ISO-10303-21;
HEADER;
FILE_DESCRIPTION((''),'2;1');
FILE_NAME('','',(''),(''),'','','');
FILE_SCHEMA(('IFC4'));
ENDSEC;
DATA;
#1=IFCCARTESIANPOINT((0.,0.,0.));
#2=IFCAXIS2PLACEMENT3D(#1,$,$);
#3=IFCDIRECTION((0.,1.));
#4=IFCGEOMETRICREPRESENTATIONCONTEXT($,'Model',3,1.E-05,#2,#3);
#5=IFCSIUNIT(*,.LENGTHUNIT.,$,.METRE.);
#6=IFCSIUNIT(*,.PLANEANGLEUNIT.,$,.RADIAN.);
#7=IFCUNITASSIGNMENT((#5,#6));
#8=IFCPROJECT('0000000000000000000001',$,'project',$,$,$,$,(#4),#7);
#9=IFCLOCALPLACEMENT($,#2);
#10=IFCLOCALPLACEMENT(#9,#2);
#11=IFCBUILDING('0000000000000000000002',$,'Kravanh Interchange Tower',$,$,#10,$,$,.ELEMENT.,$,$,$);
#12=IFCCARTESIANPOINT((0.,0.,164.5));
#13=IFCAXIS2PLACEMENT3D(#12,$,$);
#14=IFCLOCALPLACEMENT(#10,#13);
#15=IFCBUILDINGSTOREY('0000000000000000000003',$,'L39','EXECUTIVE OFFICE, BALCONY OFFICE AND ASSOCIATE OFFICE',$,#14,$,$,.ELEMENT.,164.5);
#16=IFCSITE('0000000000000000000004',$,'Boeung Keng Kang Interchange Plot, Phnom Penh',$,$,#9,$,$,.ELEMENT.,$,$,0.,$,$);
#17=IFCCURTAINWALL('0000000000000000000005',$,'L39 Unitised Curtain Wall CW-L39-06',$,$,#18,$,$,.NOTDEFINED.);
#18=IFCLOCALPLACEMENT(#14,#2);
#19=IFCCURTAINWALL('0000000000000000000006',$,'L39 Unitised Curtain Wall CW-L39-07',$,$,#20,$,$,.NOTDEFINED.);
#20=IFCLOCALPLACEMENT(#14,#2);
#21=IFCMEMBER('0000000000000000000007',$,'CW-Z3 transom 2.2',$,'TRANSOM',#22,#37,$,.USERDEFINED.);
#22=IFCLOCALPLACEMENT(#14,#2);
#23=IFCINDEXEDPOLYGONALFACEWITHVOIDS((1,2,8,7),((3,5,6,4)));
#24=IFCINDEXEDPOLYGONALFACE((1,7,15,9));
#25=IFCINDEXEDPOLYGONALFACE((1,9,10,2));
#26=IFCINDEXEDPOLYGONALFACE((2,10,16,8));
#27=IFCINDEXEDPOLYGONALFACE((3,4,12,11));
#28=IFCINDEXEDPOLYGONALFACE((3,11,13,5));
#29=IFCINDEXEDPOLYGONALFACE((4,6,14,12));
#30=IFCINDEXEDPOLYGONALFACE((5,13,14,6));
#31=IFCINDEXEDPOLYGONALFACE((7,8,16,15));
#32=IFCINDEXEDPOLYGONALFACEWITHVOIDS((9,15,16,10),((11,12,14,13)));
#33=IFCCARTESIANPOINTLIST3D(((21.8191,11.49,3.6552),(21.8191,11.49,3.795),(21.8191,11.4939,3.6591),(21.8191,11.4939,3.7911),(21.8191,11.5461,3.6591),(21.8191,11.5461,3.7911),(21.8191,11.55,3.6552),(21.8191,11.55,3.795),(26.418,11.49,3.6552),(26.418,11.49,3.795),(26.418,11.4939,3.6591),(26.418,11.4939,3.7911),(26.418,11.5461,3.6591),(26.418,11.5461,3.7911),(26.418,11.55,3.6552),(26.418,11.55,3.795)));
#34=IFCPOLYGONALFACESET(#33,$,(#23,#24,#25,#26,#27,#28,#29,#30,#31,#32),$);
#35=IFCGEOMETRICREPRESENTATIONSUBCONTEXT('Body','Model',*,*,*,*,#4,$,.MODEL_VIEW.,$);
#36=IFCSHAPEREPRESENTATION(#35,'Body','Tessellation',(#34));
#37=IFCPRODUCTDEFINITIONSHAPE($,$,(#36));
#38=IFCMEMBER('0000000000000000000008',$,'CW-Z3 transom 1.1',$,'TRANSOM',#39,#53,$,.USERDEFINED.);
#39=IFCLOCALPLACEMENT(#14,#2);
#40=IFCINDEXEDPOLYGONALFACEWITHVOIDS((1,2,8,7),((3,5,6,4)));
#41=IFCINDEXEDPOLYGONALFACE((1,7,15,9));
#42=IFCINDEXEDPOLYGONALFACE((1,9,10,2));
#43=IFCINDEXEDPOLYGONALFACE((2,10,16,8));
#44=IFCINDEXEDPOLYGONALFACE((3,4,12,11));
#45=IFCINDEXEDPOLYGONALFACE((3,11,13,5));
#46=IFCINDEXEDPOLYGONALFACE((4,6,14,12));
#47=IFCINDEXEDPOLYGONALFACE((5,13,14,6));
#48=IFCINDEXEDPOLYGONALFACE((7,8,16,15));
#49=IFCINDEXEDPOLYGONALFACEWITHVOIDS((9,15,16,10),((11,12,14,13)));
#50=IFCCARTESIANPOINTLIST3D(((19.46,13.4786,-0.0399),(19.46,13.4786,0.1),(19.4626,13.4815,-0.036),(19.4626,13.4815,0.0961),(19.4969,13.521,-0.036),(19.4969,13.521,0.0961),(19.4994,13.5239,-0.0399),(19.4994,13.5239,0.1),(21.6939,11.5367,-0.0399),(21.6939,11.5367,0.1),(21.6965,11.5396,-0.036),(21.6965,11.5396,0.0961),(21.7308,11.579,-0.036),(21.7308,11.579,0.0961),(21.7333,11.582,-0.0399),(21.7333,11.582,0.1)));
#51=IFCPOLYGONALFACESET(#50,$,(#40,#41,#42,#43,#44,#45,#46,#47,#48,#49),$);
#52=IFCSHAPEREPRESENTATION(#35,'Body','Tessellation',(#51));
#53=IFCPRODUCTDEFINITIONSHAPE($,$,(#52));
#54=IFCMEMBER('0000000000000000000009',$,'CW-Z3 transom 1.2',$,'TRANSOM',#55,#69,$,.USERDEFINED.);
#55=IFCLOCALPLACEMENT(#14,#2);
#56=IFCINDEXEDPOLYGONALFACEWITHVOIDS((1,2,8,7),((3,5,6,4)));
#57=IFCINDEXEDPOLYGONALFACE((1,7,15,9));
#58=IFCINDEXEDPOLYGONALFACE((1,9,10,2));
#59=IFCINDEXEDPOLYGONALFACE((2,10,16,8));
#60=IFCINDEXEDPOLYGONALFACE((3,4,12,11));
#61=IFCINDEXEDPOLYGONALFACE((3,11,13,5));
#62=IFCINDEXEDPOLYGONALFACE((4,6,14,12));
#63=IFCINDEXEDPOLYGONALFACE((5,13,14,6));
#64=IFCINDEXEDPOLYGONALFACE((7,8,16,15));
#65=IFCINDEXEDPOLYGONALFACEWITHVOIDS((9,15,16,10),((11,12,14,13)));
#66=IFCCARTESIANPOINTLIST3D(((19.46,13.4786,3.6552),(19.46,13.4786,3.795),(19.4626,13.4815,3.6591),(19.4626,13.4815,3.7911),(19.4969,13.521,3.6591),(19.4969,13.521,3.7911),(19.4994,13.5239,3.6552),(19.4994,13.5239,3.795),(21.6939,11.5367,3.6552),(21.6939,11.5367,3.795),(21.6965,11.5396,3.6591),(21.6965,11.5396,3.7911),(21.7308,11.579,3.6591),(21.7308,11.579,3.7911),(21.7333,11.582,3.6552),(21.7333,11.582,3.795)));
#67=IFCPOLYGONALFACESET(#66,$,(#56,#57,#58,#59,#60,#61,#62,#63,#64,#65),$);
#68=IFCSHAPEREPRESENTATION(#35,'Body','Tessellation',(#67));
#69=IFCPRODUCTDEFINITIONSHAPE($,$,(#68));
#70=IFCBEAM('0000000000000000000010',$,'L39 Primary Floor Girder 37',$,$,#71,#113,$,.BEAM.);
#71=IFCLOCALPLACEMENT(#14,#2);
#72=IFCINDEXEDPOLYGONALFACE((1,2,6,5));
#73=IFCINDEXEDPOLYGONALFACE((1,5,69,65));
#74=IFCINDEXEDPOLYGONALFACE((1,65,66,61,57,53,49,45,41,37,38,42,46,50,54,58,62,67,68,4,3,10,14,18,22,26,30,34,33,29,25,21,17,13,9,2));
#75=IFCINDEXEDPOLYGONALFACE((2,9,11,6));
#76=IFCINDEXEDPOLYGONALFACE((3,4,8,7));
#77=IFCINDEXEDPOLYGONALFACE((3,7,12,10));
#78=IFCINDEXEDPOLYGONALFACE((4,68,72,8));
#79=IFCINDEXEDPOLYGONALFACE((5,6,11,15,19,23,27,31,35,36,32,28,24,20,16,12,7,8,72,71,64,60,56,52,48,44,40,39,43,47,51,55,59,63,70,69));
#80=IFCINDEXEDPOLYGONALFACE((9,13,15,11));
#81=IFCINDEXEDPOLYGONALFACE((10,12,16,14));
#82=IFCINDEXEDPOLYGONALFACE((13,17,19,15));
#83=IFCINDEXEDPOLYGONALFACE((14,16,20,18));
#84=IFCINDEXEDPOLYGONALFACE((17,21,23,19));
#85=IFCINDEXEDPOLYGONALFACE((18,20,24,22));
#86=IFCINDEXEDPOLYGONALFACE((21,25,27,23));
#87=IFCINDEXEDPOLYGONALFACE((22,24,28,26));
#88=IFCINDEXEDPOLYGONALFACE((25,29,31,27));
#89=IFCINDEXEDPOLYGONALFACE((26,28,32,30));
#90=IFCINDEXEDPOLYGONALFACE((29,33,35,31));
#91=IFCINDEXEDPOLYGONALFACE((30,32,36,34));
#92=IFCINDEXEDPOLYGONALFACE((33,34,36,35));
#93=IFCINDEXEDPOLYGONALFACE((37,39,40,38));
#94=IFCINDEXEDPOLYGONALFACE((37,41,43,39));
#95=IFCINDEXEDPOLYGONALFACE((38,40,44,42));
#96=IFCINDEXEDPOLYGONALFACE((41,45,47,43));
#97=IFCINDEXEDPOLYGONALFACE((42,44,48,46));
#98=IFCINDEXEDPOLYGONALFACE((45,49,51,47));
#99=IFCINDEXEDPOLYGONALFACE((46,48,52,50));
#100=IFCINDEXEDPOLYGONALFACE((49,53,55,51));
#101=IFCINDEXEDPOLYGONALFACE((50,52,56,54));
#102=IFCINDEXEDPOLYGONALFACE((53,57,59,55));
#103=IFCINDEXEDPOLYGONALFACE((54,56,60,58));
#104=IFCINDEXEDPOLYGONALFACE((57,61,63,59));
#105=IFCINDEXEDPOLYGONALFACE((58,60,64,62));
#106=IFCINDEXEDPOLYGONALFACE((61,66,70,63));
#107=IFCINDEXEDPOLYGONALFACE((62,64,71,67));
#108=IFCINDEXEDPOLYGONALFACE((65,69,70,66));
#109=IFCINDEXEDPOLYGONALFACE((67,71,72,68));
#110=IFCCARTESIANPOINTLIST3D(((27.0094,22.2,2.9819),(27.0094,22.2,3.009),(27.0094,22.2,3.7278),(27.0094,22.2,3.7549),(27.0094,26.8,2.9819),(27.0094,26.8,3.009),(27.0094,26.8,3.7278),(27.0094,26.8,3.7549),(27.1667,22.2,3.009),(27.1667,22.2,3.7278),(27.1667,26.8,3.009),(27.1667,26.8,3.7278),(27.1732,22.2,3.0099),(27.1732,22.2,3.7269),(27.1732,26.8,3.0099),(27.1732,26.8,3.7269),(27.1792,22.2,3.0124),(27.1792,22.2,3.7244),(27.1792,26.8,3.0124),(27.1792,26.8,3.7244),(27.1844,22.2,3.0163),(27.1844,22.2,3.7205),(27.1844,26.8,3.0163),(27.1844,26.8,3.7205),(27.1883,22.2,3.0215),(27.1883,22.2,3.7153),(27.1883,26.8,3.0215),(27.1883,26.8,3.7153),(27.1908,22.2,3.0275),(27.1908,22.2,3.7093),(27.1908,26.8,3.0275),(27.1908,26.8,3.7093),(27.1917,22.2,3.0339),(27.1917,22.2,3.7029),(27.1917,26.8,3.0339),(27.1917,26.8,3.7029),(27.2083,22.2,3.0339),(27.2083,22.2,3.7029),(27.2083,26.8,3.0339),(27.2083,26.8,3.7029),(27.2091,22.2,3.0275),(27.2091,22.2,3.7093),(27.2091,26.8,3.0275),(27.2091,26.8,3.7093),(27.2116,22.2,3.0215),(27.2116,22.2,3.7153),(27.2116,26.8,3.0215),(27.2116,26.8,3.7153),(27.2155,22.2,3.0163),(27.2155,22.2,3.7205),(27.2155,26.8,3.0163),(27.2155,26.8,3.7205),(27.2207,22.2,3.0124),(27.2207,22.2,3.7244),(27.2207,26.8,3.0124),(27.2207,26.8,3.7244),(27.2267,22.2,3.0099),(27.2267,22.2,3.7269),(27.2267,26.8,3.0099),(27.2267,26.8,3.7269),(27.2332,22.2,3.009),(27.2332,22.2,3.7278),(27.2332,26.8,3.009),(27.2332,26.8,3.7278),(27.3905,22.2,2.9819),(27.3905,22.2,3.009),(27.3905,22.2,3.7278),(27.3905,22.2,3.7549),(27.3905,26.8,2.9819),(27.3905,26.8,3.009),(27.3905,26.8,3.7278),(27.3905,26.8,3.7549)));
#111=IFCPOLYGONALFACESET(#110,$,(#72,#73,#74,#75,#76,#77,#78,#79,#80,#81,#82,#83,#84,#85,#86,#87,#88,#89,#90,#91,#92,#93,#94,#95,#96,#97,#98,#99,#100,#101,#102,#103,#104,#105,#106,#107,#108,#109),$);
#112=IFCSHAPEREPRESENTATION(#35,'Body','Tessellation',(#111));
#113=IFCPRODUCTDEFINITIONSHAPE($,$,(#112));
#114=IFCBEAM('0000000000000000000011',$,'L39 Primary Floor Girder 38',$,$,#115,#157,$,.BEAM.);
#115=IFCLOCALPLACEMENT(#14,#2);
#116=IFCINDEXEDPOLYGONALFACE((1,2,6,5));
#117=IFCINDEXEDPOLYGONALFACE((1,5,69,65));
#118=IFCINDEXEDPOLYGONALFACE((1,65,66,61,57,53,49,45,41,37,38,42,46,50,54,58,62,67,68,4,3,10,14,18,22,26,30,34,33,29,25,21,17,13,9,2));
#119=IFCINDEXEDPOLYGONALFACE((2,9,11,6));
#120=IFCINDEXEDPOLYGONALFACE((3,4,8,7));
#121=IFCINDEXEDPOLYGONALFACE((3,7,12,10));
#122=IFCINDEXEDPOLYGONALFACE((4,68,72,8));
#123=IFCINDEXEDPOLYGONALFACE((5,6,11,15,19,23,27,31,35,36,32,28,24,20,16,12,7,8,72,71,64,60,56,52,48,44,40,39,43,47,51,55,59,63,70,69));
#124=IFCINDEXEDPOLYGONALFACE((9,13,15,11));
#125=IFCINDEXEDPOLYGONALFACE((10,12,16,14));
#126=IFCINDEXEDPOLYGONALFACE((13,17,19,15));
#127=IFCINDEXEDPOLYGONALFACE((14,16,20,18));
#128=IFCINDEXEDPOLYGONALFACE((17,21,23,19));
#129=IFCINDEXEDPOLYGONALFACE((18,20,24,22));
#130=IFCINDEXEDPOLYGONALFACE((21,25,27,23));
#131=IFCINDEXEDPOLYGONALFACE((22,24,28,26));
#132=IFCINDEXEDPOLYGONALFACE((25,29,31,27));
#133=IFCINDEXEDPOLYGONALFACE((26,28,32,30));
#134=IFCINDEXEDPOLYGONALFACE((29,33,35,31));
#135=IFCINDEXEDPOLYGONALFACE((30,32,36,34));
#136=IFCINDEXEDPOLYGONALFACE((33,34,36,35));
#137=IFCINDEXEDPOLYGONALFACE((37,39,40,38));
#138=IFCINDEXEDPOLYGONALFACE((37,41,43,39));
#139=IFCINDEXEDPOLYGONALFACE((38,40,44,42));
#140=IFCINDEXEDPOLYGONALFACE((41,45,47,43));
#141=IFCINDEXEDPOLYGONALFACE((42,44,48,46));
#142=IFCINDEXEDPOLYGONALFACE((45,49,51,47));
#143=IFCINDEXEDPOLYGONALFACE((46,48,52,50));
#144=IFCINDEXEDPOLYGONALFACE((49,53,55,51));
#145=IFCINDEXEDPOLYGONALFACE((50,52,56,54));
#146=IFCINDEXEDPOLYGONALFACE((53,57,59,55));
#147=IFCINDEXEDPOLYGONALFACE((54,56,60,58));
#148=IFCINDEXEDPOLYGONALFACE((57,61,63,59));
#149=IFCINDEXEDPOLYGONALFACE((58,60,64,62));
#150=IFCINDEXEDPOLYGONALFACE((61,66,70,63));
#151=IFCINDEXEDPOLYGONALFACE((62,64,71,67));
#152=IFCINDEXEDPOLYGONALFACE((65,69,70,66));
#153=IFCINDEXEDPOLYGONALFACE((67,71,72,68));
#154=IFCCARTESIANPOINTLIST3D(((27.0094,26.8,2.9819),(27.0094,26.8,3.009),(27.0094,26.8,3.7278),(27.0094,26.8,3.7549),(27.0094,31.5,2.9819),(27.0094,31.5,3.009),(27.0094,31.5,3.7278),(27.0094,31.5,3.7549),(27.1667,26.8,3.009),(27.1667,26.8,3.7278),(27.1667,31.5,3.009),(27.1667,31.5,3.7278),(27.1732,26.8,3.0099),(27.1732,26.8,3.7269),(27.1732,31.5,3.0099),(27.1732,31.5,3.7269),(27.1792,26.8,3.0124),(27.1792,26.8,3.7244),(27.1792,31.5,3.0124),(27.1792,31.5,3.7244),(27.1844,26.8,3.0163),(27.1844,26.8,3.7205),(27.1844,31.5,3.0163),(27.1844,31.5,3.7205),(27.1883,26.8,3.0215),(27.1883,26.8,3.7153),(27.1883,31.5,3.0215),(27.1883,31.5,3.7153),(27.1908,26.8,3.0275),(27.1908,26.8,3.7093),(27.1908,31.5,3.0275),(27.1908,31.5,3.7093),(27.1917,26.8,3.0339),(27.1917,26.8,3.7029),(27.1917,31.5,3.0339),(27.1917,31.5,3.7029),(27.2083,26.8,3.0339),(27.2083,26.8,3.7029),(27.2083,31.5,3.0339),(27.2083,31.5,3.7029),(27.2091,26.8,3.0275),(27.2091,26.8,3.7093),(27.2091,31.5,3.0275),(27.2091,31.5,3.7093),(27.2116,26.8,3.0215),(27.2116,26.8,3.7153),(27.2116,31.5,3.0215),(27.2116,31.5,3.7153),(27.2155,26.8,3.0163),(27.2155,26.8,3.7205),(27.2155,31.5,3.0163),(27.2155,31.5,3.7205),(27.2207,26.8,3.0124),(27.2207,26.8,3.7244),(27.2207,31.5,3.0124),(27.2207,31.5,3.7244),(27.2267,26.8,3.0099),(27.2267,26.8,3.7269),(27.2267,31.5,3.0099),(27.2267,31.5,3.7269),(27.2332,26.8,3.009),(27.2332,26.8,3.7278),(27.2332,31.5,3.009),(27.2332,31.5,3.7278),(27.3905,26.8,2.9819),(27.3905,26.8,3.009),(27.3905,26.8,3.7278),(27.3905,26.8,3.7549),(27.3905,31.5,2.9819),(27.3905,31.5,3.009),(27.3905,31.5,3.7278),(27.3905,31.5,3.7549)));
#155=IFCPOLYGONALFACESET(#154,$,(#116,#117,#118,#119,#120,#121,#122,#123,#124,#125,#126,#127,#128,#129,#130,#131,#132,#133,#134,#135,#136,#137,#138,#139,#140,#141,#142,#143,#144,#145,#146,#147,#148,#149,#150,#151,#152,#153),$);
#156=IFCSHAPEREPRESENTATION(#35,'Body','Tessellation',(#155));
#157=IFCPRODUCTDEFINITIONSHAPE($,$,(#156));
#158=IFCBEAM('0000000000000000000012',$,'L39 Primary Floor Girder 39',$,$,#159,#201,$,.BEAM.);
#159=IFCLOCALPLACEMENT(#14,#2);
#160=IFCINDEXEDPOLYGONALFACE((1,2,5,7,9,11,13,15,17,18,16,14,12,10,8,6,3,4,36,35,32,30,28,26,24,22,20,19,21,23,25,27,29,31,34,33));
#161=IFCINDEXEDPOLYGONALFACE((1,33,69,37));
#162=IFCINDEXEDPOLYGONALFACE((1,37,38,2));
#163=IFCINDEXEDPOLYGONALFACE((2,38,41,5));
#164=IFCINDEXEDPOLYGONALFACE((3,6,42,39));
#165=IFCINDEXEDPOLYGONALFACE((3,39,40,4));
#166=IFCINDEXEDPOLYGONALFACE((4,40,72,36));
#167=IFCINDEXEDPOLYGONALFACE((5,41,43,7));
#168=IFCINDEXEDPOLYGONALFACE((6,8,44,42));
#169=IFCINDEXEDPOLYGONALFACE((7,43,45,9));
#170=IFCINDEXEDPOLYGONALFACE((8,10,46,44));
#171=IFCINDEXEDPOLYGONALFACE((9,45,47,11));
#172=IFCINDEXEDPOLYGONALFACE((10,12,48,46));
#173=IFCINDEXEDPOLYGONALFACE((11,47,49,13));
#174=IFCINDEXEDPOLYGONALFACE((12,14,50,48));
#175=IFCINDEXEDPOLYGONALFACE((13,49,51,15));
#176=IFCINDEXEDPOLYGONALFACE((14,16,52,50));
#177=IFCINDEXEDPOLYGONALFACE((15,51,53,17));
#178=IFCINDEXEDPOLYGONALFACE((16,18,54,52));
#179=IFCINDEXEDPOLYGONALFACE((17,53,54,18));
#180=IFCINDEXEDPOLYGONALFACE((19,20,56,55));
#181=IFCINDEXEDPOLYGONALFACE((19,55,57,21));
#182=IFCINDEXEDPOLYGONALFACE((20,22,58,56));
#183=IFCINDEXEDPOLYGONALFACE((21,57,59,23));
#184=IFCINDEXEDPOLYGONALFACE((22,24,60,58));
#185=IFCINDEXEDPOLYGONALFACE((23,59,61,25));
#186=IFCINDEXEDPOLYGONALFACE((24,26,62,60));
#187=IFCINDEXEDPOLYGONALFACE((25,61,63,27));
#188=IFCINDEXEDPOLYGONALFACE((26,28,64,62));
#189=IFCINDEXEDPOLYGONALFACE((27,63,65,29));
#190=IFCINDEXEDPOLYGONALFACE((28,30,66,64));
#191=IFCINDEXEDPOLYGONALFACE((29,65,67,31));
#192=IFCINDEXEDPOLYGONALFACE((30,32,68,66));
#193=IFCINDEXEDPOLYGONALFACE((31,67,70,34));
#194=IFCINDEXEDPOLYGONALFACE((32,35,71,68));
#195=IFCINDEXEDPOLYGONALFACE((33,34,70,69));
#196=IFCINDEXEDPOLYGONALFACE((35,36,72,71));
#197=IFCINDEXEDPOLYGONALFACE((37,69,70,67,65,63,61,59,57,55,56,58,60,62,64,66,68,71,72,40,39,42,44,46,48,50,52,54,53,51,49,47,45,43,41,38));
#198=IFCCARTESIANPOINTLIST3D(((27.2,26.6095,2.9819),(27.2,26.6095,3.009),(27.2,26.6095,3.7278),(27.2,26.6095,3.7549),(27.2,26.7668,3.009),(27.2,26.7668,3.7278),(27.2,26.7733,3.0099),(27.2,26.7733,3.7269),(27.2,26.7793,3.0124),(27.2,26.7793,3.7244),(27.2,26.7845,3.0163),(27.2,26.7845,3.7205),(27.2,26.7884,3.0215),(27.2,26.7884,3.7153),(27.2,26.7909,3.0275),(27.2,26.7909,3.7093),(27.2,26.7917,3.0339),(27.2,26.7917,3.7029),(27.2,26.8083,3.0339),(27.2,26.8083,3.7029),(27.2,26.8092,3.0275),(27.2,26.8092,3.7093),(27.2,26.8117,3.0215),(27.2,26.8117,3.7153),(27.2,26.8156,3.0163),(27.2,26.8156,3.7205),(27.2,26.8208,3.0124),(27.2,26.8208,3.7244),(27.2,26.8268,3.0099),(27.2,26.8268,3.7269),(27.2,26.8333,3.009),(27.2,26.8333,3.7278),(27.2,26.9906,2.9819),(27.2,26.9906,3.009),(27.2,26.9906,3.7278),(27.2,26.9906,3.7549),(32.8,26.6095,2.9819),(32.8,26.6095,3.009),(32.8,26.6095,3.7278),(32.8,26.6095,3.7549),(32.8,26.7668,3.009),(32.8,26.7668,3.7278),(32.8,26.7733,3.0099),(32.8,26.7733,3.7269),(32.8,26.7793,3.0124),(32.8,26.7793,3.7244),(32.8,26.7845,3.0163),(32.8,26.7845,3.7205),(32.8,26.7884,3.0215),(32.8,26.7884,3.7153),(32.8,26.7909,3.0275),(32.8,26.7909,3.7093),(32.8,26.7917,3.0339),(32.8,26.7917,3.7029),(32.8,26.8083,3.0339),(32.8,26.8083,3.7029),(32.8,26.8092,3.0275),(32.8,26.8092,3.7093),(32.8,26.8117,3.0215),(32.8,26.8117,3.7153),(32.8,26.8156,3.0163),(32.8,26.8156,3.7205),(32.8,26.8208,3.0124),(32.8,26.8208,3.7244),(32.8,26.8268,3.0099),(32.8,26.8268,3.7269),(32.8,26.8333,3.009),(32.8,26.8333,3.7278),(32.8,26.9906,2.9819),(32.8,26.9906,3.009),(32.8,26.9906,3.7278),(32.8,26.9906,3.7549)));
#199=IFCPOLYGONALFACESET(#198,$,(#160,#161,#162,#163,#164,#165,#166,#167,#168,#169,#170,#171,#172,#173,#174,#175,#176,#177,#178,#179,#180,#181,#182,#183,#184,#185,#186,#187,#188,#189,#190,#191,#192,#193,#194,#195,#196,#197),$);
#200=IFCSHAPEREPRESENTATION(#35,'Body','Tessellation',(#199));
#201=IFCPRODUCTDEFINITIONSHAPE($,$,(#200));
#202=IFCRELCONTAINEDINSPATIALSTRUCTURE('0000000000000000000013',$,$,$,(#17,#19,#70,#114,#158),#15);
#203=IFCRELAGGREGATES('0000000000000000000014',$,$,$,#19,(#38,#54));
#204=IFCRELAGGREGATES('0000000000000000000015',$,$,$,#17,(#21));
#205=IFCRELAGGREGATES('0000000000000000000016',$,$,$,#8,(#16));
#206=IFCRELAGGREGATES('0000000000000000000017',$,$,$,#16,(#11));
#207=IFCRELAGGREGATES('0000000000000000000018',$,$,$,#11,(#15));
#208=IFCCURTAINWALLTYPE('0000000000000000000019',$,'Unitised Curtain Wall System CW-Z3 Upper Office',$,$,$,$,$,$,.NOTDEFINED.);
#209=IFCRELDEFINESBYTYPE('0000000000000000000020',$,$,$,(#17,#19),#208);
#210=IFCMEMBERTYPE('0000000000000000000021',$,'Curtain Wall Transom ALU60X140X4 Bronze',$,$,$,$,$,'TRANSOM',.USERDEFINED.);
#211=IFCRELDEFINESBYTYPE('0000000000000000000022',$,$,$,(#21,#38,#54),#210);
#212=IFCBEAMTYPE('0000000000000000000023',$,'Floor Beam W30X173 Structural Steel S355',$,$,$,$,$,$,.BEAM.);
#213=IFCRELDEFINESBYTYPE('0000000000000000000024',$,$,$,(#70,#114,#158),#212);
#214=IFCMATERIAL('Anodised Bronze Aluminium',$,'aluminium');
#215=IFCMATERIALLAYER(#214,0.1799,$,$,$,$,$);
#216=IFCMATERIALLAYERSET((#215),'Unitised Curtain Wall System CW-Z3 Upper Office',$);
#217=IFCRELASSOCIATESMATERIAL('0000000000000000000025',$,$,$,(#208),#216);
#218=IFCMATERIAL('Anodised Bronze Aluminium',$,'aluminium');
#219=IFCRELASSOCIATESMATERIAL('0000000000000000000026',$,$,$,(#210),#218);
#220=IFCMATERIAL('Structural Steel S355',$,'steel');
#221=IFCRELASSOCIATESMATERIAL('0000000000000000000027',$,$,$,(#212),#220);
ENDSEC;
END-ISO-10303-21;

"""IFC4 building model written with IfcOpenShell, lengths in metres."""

from ifc_helpers import new_model, si_unit, direction, frame, origin, origin_2d, place, context, subcontext, project, spatial, hollow_rectangle, i_section, extrude, material, layer, layer_set, material_profile, profile_set, type_object, element, aggregate, save


model = new_model("IFC4")

# Units and contexts
model_context = context("Model", 3, precision=1e-05, world=origin(), true_north=direction((0.0, 1.0)))
body_context = subcontext(model_context, "Body", "Model", "MODEL_VIEW")
ifc_project = project(units=[si_unit("LENGTHUNIT", "METRE"), si_unit("PLANEANGLEUNIT", "RADIAN")], contexts=[model_context])

# Site, building, storey
site_placement = place(None, origin())
site = spatial("IfcSite", under=ifc_project, at=site_placement, Name="Boeung Keng Kang Interchange Plot, Phnom Penh", CompositionType="ELEMENT", RefElevation=0.0)
building_placement = place(site_placement, origin())
building = spatial("IfcBuilding", under=site, at=building_placement, Name="Kravanh Interchange Tower", CompositionType="ELEMENT")
storey_placement = place(building_placement, frame((0.0, 0.0, 164.5)))
storey = spatial("IfcBuildingStorey", under=building, at=storey_placement, Name="L39", Description="EXECUTIVE OFFICE, BALCONY OFFICE AND ASSOCIATE OFFICE", CompositionType="ELEMENT", Elevation=164.5)

# Curtain wall
ifc_material_1 = material(Name="Anodised Bronze Aluminium", Category="aluminium")
ifc_layer_1 = layer(ifc_material_1, 0.1799)
ifc_layer_set_1 = layer_set([ifc_layer_1], Name="Unitised Curtain Wall System CW-Z3 Upper Office")
curtain_wall_type = type_object("IfcCurtainWallType", Name="Unitised Curtain Wall System CW-Z3 Upper Office", PredefinedType="NOTDEFINED", material=ifc_layer_set_1)
curtain_wall_1_placement = place(storey_placement, origin())
curtain_wall_1 = element("IfcCurtainWall", 1, at=curtain_wall_1_placement, inside=storey, type_object=curtain_wall_type, Name="L39 Unitised Curtain Wall CW-L39-06", PredefinedType="NOTDEFINED")

# Curtain wall
curtain_wall_2_placement = place(storey_placement, origin())
curtain_wall_2 = element("IfcCurtainWall", 2, at=curtain_wall_2_placement, inside=storey, type_object=curtain_wall_type, Name="L39 Unitised Curtain Wall CW-L39-07", PredefinedType="NOTDEFINED")

# Members
ifc_material_2 = material(Name="Anodised Bronze Aluminium", Category="aluminium")
ifc_material_profile_1 = material_profile(ifc_material_2, hollow_rectangle(XDim=0.0601, YDim=0.1399, WallThickness=0.0039, at=origin_2d()), Name="ALU60X140X4")
ifc_profile_set_1 = profile_set([ifc_material_profile_1], Name="Anodised Bronze Aluminium")
member_type_1 = type_object("IfcMemberType", Name="Curtain Wall Transom ALU60X140X4 Bronze", ElementType="TRANSOM", PredefinedType="USERDEFINED", material=ifc_profile_set_1)
member_1_placement = place(storey_placement, frame((26.418, 11.52, 3.7251), z_axis=(-1.0, 0.0, 0.0), x_axis=(0.0, -1.0, 0.0)))
member_1 = element("IfcMember", 3, at=member_1_placement, type_object=member_type_1, Name="CW-Z3 transom 2.2", ObjectType="TRANSOM", PredefinedType="USERDEFINED", context=body_context, shape_type="SweptSolid", body=[
    extrude(hollow_rectangle(XDim=0.0601, YDim=0.1399, WallThickness=0.0039, at=origin_2d()), origin(), (0.0, 0.0, 1.0), 4.5989),
])
member_2_placement = place(storey_placement, frame((21.7136, 11.5593, 0.03), z_axis=(-0.754709, 0.65606, 0.0), x_axis=(-0.65606, -0.754709, 0.0)))
member_2 = element("IfcMember", 4, at=member_2_placement, type_object=member_type_1, Name="CW-Z3 transom 1.1", ObjectType="TRANSOM", PredefinedType="USERDEFINED", context=body_context, shape_type="SweptSolid", body=[
    extrude(hollow_rectangle(XDim=0.0601, YDim=0.1399, WallThickness=0.0039, at=origin_2d()), origin(), (0.0, 0.0, 1.0), 2.96),
])
member_3_placement = place(storey_placement, frame((21.7136, 11.5593, 3.7251), z_axis=(-0.754709, 0.65606, 0.0), x_axis=(-0.65606, -0.754709, 0.0)))
member_3 = element("IfcMember", 5, at=member_3_placement, type_object=member_type_1, Name="CW-Z3 transom 1.2", ObjectType="TRANSOM", PredefinedType="USERDEFINED", context=body_context, shape_type="SweptSolid", body=[
    extrude(hollow_rectangle(XDim=0.0601, YDim=0.1399, WallThickness=0.0039, at=origin_2d()), origin(), (0.0, 0.0, 1.0), 2.96),
])
aggregate(curtain_wall_2, [member_2, member_3])

# Beams
ifc_material_3 = material(Name="Structural Steel S355", Category="steel")
ifc_material_profile_2 = material_profile(ifc_material_3, i_section(OverallWidth=0.3811, OverallDepth=0.7729, WebThickness=0.0166, FlangeThickness=0.0271, FilletRadius=0.0249, at=origin_2d()), Name="W30X173")
ifc_profile_set_2 = profile_set([ifc_material_profile_2], Name="Structural Steel S355")
beam_type_1 = type_object("IfcBeamType", Name="Floor Beam W30X173 Structural Steel S355", PredefinedType="BEAM", material=ifc_profile_set_2)
beam_1_placement = place(storey_placement, frame((27.2, 26.8, 3.3684), z_axis=(0.0, -1.0, 0.0), x_axis=(1.0, 0.0, 0.0)))
element("IfcBeam", 6, at=beam_1_placement, inside=storey, type_object=beam_type_1, Name="L39 Primary Floor Girder 37", PredefinedType="BEAM", context=body_context, shape_type="SweptSolid", body=[
    extrude(i_section(OverallWidth=0.3811, OverallDepth=0.7729, WebThickness=0.0166, FlangeThickness=0.0271, FilletRadius=0.0249, at=origin_2d()), origin(), (0.0, 0.0, 1.0), 4.6001),
])
beam_2_placement = place(storey_placement, frame((27.2, 26.8, 3.3684), z_axis=(0.0, 1.0, 0.0), x_axis=(-1.0, 0.0, 0.0)))
element("IfcBeam", 7, at=beam_2_placement, inside=storey, type_object=beam_type_1, Name="L39 Primary Floor Girder 38", PredefinedType="BEAM", context=body_context, shape_type="SweptSolid", body=[
    extrude(i_section(OverallWidth=0.3811, OverallDepth=0.7729, WebThickness=0.0166, FlangeThickness=0.0271, FilletRadius=0.0249, at=origin_2d()), origin(), (0.0, 0.0, 1.0), 4.7),
])
beam_3_placement = place(storey_placement, frame((27.2, 26.8, 3.3684), z_axis=(1.0, 0.0, 0.0), x_axis=(0.0, 1.0, 0.0)))
element("IfcBeam", 8, at=beam_3_placement, inside=storey, type_object=beam_type_1, Name="L39 Primary Floor Girder 39", PredefinedType="BEAM", context=body_context, shape_type="SweptSolid", body=[
    extrude(i_section(OverallWidth=0.3811, OverallDepth=0.7729, WebThickness=0.0166, FlangeThickness=0.0271, FilletRadius=0.0249, at=origin_2d()), origin(), (0.0, 0.0, 1.0), 5.6001),
])

aggregate(curtain_wall_1, [member_1])

save(model, "model.ifc")
